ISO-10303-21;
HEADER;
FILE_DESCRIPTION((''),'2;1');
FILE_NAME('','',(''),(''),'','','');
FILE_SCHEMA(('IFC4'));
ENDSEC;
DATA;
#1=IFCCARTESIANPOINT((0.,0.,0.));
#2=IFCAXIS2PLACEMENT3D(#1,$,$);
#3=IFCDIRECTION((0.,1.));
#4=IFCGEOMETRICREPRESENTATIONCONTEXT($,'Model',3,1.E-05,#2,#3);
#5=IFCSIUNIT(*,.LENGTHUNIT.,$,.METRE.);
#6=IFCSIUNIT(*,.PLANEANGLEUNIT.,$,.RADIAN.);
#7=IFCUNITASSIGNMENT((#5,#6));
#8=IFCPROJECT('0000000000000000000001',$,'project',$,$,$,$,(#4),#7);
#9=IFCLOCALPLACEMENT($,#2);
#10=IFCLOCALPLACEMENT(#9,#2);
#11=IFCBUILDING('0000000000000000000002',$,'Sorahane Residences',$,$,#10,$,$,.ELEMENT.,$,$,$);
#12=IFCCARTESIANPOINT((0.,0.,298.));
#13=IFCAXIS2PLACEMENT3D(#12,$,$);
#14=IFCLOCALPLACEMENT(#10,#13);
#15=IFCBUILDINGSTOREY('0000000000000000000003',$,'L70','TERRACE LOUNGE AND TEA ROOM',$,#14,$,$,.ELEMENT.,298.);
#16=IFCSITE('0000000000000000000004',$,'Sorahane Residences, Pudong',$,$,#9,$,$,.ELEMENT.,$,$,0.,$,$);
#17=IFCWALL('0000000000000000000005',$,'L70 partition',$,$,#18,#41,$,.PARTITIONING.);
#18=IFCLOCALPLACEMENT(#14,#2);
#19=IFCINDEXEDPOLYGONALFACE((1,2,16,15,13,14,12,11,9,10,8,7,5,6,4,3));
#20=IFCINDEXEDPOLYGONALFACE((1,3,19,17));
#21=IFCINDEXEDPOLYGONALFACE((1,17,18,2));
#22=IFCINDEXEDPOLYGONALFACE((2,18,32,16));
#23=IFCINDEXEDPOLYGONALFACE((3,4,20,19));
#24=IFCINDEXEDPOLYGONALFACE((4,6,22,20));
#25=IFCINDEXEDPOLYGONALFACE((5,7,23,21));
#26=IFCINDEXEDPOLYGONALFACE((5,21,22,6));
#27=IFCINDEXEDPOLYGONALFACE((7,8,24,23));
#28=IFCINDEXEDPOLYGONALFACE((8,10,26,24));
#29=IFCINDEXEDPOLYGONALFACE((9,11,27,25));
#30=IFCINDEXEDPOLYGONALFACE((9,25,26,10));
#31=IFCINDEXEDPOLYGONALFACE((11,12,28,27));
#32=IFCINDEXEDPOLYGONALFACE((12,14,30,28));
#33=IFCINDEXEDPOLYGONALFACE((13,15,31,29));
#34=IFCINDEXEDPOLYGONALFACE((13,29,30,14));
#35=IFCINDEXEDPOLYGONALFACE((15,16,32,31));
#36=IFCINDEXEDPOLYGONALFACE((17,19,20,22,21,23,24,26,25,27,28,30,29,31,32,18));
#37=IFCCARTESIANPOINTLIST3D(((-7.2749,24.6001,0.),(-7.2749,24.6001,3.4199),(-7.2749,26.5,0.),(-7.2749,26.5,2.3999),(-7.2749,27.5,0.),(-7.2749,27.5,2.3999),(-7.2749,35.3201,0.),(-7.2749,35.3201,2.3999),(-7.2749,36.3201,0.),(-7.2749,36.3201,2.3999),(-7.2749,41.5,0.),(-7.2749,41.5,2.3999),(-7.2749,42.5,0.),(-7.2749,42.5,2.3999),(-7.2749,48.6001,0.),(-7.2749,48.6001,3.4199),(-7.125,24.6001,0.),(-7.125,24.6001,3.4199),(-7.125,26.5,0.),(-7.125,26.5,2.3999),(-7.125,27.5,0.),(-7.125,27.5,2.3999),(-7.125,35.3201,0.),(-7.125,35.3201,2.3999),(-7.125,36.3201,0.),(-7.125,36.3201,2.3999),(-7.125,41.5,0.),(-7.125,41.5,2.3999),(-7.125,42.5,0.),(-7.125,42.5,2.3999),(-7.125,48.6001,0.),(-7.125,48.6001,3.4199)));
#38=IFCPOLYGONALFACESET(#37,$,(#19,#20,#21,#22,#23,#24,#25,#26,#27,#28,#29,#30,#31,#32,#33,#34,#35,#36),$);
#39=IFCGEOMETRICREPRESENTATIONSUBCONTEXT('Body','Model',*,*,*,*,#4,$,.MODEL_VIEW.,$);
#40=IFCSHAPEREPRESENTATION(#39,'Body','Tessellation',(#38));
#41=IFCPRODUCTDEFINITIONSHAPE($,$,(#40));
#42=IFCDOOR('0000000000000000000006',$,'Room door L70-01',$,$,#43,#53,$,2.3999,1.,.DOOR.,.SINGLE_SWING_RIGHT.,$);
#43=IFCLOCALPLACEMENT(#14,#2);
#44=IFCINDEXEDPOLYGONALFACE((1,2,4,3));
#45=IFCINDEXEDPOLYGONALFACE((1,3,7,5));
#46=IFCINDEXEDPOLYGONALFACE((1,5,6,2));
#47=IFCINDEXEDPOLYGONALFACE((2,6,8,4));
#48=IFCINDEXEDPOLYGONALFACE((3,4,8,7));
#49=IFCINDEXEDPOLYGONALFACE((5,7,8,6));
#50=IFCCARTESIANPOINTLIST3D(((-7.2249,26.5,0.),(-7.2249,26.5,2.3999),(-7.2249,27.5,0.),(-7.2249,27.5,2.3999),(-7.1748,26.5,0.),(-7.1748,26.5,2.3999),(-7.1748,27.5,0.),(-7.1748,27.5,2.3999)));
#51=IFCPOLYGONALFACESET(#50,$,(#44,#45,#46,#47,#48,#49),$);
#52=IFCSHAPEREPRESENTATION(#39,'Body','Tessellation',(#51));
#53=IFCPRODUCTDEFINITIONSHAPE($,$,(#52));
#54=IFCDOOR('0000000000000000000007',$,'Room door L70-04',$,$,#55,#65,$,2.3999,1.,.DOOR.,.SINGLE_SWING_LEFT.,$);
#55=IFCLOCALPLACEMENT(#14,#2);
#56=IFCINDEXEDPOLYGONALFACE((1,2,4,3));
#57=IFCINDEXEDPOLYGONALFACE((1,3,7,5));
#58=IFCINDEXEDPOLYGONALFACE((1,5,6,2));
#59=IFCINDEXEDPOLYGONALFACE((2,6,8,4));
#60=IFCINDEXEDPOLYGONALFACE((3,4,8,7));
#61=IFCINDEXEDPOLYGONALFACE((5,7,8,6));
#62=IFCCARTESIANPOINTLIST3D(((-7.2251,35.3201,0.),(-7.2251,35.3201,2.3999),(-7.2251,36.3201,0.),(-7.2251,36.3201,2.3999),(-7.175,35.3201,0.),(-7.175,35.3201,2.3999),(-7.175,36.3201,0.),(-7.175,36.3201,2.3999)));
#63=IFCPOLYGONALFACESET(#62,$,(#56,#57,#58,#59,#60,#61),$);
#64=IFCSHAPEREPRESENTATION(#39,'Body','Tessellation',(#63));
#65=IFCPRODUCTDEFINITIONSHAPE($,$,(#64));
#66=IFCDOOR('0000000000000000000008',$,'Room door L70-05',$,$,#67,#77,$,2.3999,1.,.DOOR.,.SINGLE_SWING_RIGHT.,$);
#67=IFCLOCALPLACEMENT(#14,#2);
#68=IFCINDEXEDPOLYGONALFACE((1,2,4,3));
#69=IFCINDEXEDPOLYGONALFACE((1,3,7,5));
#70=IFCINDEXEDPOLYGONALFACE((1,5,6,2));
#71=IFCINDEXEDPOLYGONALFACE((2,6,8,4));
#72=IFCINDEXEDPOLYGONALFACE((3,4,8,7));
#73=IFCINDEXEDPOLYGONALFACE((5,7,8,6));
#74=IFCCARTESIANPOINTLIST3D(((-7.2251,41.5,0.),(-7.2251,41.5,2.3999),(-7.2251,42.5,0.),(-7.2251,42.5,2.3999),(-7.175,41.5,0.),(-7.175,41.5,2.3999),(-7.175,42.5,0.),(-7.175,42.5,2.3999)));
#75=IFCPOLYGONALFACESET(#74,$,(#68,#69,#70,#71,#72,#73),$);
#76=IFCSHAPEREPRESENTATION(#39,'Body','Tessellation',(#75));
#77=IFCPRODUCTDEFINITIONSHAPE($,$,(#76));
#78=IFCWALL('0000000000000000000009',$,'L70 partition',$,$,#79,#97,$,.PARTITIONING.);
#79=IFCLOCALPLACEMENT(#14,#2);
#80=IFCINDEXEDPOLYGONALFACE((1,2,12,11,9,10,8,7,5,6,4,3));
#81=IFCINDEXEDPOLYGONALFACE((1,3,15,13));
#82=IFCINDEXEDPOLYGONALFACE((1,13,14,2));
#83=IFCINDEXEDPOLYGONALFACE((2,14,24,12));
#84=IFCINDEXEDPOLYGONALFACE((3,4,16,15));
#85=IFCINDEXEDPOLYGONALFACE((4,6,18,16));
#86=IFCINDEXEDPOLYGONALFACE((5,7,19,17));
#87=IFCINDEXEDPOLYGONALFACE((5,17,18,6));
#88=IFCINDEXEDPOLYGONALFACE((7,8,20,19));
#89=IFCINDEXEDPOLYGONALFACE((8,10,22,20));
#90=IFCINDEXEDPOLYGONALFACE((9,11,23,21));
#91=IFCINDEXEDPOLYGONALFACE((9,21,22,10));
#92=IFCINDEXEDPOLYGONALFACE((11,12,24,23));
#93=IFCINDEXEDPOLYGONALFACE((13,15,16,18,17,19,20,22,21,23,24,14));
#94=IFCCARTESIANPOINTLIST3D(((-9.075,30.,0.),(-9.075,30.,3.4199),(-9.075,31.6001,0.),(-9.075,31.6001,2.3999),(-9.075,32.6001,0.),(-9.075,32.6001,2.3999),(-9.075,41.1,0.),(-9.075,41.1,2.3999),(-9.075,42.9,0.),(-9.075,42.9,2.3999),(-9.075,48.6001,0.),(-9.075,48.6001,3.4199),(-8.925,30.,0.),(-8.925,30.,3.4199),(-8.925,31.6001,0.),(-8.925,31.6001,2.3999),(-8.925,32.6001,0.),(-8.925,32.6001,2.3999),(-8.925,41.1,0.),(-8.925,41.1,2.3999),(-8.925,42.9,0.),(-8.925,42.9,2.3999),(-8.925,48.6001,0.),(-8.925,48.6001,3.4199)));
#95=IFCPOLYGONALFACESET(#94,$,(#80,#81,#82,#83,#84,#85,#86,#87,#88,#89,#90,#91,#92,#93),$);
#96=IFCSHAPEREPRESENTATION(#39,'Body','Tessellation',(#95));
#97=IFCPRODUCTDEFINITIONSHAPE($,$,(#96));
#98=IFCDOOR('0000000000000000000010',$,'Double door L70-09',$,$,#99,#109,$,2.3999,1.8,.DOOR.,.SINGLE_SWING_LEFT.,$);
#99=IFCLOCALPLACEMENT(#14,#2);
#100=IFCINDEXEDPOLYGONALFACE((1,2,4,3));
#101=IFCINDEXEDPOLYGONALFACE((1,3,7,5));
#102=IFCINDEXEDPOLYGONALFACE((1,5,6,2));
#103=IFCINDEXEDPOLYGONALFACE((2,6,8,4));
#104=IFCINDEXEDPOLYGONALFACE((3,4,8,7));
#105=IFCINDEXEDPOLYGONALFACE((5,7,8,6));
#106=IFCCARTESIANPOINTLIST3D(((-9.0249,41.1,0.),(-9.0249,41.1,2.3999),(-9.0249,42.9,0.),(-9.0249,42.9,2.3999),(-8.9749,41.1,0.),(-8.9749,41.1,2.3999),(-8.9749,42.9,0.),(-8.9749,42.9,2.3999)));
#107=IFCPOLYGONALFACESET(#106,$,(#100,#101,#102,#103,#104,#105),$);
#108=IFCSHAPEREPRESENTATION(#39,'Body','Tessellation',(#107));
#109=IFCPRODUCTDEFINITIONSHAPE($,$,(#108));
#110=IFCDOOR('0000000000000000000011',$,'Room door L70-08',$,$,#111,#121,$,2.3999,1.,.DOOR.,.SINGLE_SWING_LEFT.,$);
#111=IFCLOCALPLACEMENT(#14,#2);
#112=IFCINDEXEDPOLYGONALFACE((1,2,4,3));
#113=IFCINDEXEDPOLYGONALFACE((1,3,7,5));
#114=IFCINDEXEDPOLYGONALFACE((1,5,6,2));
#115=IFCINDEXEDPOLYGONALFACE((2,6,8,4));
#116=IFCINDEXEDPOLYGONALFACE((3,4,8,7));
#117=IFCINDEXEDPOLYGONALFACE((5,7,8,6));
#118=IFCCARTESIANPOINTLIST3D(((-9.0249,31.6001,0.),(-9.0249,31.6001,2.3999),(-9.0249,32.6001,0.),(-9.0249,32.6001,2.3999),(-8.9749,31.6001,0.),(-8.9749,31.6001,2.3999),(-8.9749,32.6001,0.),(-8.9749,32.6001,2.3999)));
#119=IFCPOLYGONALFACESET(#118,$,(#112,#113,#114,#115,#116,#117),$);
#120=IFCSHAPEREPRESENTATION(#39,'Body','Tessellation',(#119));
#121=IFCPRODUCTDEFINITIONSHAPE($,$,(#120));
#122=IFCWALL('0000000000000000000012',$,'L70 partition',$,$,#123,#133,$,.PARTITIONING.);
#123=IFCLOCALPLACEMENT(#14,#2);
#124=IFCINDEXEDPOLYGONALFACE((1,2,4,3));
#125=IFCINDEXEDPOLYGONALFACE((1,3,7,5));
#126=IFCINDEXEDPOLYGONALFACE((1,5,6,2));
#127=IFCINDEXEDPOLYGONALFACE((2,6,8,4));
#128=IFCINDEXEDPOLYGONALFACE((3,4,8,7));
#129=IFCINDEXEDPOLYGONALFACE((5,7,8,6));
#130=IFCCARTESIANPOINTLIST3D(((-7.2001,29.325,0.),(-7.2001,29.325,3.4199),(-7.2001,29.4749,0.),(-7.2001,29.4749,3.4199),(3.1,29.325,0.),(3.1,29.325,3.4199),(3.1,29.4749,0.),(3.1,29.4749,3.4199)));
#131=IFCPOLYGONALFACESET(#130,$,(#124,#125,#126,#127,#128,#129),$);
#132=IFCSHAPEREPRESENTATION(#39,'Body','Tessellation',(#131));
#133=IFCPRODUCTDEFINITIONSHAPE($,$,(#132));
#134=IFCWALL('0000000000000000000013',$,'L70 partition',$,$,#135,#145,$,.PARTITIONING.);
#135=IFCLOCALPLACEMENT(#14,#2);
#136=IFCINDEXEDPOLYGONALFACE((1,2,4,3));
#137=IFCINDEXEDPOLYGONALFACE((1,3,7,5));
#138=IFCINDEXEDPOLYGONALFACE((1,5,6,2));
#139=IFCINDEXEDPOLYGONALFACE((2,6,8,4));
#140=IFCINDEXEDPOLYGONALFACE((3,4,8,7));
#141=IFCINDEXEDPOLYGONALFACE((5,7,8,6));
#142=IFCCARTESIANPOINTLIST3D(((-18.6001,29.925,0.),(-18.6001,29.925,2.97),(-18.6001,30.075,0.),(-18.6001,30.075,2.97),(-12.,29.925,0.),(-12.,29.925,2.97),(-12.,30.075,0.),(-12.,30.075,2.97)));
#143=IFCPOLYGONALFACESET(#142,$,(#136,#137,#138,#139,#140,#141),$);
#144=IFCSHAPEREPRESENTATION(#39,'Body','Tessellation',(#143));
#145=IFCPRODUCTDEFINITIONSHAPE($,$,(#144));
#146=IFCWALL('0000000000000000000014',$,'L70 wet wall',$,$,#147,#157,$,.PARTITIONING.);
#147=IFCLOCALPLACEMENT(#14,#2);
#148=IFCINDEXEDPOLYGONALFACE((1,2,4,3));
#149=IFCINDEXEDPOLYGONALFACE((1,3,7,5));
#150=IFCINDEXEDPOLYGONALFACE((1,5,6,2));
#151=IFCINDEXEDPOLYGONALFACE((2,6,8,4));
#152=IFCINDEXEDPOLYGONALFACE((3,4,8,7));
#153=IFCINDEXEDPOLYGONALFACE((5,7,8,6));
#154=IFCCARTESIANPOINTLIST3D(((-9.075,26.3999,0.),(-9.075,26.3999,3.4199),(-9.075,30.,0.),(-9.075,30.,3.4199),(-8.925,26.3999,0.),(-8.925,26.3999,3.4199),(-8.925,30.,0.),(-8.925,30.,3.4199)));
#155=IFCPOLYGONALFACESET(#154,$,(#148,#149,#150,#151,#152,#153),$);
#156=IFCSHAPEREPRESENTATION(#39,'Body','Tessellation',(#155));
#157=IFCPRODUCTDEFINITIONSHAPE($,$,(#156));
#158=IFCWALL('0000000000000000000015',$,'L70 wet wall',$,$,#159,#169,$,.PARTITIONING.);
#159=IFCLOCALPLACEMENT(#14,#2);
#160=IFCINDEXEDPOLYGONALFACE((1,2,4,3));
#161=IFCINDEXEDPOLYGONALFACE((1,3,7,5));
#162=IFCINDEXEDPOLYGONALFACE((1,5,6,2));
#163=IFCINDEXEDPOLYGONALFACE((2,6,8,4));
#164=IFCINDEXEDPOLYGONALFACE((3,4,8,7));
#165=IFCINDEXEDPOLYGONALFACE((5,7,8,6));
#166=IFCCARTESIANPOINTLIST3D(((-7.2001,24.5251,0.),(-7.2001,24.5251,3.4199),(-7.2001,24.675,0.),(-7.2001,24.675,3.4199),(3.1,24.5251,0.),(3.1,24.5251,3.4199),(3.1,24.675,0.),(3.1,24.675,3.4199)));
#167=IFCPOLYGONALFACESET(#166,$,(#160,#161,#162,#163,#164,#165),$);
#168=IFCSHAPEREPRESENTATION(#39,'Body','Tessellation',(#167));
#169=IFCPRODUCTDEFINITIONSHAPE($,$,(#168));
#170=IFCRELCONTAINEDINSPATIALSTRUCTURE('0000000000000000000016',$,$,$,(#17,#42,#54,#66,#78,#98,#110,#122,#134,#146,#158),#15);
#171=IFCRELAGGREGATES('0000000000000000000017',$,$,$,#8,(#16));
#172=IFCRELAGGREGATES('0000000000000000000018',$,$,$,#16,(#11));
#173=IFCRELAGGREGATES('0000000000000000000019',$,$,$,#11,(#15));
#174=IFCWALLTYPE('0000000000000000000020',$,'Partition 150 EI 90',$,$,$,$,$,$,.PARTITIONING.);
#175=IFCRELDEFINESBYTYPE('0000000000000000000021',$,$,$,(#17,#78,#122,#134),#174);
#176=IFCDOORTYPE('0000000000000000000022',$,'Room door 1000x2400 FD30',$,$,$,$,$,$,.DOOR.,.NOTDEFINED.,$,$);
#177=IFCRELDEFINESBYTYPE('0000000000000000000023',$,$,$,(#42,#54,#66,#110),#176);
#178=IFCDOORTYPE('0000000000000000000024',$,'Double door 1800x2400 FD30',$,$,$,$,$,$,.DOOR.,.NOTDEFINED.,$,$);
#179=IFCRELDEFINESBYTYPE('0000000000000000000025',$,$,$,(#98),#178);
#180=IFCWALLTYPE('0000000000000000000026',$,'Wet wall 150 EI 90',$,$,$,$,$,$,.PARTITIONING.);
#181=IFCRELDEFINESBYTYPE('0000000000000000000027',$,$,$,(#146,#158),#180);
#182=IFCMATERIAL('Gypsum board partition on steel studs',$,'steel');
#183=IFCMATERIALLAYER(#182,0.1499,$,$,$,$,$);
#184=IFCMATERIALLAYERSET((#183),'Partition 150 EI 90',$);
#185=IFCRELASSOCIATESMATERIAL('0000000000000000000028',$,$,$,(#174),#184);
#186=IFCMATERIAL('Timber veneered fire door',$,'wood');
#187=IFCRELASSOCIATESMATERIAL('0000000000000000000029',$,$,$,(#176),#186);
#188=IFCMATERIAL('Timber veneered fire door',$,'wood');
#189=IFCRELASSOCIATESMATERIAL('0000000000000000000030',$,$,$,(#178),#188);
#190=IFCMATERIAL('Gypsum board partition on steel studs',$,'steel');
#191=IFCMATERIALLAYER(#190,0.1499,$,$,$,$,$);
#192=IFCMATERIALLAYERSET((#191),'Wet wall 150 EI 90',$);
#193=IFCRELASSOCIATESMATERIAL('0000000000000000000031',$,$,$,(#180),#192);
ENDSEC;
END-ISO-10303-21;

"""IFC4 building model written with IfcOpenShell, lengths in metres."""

from ifc_helpers import new_model, si_unit, direction, frame, frame_2d, origin, place, context, subcontext, project, spatial, rectangle, extrude, material, layer, layer_set, type_object, element, fill, save


model = new_model("IFC4")

# Units and contexts
model_context = context("Model", 3, precision=1e-05, world=origin(), true_north=direction((0.0, 1.0)))
body_context = subcontext(model_context, "Body", "Model", "MODEL_VIEW")
ifc_project = project(units=[si_unit("LENGTHUNIT", "METRE"), si_unit("PLANEANGLEUNIT", "RADIAN")], contexts=[model_context])

# Site, building, storey
site_placement = place(None, origin())
site = spatial("IfcSite", under=ifc_project, at=site_placement, Name="Sorahane Residences, Pudong", CompositionType="ELEMENT", RefElevation=0.0)
building_placement = place(site_placement, origin())
building = spatial("IfcBuilding", under=site, at=building_placement, Name="Sorahane Residences", CompositionType="ELEMENT")
storey_placement = place(building_placement, frame((0.0, 0.0, 298.0)))
storey = spatial("IfcBuildingStorey", under=building, at=storey_placement, Name="L70", Description="TERRACE LOUNGE AND TEA ROOM", CompositionType="ELEMENT", Elevation=298.0)

# Shared definitions
ifc_material_1 = material(Name="Gypsum board partition on steel studs", Category="steel")
ifc_layer_1 = layer(ifc_material_1, 0.1499)
ifc_layer_set_1 = layer_set([ifc_layer_1], Name="Partition 150 EI 90")
wall_type_1 = type_object("IfcWallType", Name="Partition 150 EI 90", PredefinedType="PARTITIONING", material=ifc_layer_set_1)
ifc_material_2 = material(Name="Timber veneered fire door", Category="wood")
door_type_1 = type_object("IfcDoorType", Name="Room door 1000x2400 FD30", OperationType="NOTDEFINED", PredefinedType="DOOR", material=ifc_material_2)

# Walls, openings, doors
wall_1_placement = place(storey_placement, frame((-7.2, 24.6001, 0.0), z_axis=(0.0, 0.0, 1.0), x_axis=(0.0, 1.0, 0.0)))
wall_1 = element("IfcWall", 1, at=wall_1_placement, inside=storey, type_object=wall_type_1, Name="L70 partition", PredefinedType="PARTITIONING", context=body_context, shape_type="SweptSolid", body=[
    extrude(rectangle(XDim=24.0, YDim=0.1499, at=frame_2d((12.0, 0.0))), origin(), (0.0, 0.0, 1.0), 3.4199),
])
opening_1_placement = place(wall_1_placement, frame((1.8999, 0.0, 0.0)))
opening_1 = element("IfcOpeningElement", 2, at=opening_1_placement, cuts=wall_1, PredefinedType="OPENING", context=body_context, shape_type="SweptSolid", body=[
    extrude(rectangle(XDim=1.0, YDim=2.3999, at=frame_2d((0.5, 1.2))), frame((0.0, 0.085, 0.0), z_axis=(0.0, -1.0, 0.0), x_axis=(1.0, 0.0, 0.0)), (0.0, 0.0, 1.0), 0.1699),
])
opening_2_placement = place(wall_1_placement, frame((10.72, 0.0, 0.0)))
opening_2 = element("IfcOpeningElement", 3, at=opening_2_placement, cuts=wall_1, PredefinedType="OPENING", context=body_context, shape_type="SweptSolid", body=[
    extrude(rectangle(XDim=1.0, YDim=2.3999, at=frame_2d((0.5, 1.2))), frame((0.0, 0.085, 0.0), z_axis=(0.0, -1.0, 0.0), x_axis=(1.0, 0.0, 0.0)), (0.0, 0.0, 1.0), 0.1699),
])
opening_3_placement = place(wall_1_placement, frame((16.8999, 0.0, 0.0)))
opening_3 = element("IfcOpeningElement", 4, at=opening_3_placement, cuts=wall_1, PredefinedType="OPENING", context=body_context, shape_type="SweptSolid", body=[
    extrude(rectangle(XDim=1.0, YDim=2.3999, at=frame_2d((0.5, 1.2))), frame((0.0, 0.085, 0.0), z_axis=(0.0, -1.0, 0.0), x_axis=(1.0, 0.0, 0.0)), (0.0, 0.0, 1.0), 0.1699),
])
door_1_placement = place(opening_1_placement, origin())
door_1 = element("IfcDoor", 5, at=door_1_placement, inside=storey, type_object=door_type_1, Name="Room door L70-01", OperationType="SINGLE_SWING_RIGHT", OverallHeight=2.3999, OverallWidth=1.0, PredefinedType="DOOR", context=body_context, shape_type="SweptSolid", body=[
    extrude(rectangle(XDim=1.0, YDim=2.3999, at=frame_2d((0.5, 1.2))), frame((0.0, 0.0249, 0.0), z_axis=(0.0, -1.0, 0.0), x_axis=(1.0, 0.0, 0.0)), (0.0, 0.0, 1.0), 0.05),
])
fill(opening_1, door_1)
door_2_placement = place(opening_2_placement, frame((1.0, 0.0, 0.0), z_axis=(0.0, 0.0, 1.0), x_axis=(-1.0, 0.0, 0.0)))
door_2 = element("IfcDoor", 6, at=door_2_placement, inside=storey, type_object=door_type_1, Name="Room door L70-04", OperationType="SINGLE_SWING_LEFT", OverallHeight=2.3999, OverallWidth=1.0, PredefinedType="DOOR", context=body_context, shape_type="SweptSolid", body=[
    extrude(rectangle(XDim=1.0, YDim=2.3999, at=frame_2d((0.5, 1.2))), frame((0.0, 0.0249, 0.0), z_axis=(0.0, -1.0, 0.0), x_axis=(1.0, 0.0, 0.0)), (0.0, 0.0, 1.0), 0.05),
])
fill(opening_2, door_2)
door_3_placement = place(opening_3_placement, frame((1.0, 0.0, 0.0), z_axis=(0.0, 0.0, 1.0), x_axis=(-1.0, 0.0, 0.0)))
door_3 = element("IfcDoor", 7, at=door_3_placement, inside=storey, type_object=door_type_1, Name="Room door L70-05", OperationType="SINGLE_SWING_RIGHT", OverallHeight=2.3999, OverallWidth=1.0, PredefinedType="DOOR", context=body_context, shape_type="SweptSolid", body=[
    extrude(rectangle(XDim=1.0, YDim=2.3999, at=frame_2d((0.5, 1.2))), frame((0.0, 0.0249, 0.0), z_axis=(0.0, -1.0, 0.0), x_axis=(1.0, 0.0, 0.0)), (0.0, 0.0, 1.0), 0.05),
])
fill(opening_3, door_3)
wall_2_placement = place(storey_placement, frame((-9.0, 30.0, 0.0), z_axis=(0.0, 0.0, 1.0), x_axis=(0.0, 1.0, 0.0)))
wall_2 = element("IfcWall", 8, at=wall_2_placement, inside=storey, type_object=wall_type_1, Name="L70 partition", PredefinedType="PARTITIONING", context=body_context, shape_type="SweptSolid", body=[
    extrude(rectangle(XDim=18.6001, YDim=0.1499, at=frame_2d((9.3, 0.0))), origin(), (0.0, 0.0, 1.0), 3.4199),
])
opening_4_placement = place(wall_2_placement, frame((1.6001, 0.0, 0.0)))
opening_4 = element("IfcOpeningElement", 9, at=opening_4_placement, cuts=wall_2, PredefinedType="OPENING", context=body_context, shape_type="SweptSolid", body=[
    extrude(rectangle(XDim=1.0, YDim=2.3999, at=frame_2d((0.5, 1.2))), frame((0.0, 0.085, 0.0), z_axis=(0.0, -1.0, 0.0), x_axis=(1.0, 0.0, 0.0)), (0.0, 0.0, 1.0), 0.1699),
])
opening_5_placement = place(wall_2_placement, frame((11.1001, 0.0, 0.0)))
opening_5 = element("IfcOpeningElement", 10, at=opening_5_placement, cuts=wall_2, PredefinedType="OPENING", context=body_context, shape_type="SweptSolid", body=[
    extrude(rectangle(XDim=1.8, YDim=2.3999, at=frame_2d((0.8999, 1.2))), frame((0.0, 0.085, 0.0), z_axis=(0.0, -1.0, 0.0), x_axis=(1.0, 0.0, 0.0)), (0.0, 0.0, 1.0), 0.1699),
])
ifc_material_3 = material(Name="Timber veneered fire door", Category="wood")
door_type_2 = type_object("IfcDoorType", Name="Double door 1800x2400 FD30", OperationType="NOTDEFINED", PredefinedType="DOOR", material=ifc_material_3)
door_4_placement = place(opening_5_placement, origin())
door_4 = element("IfcDoor", 11, at=door_4_placement, inside=storey, type_object=door_type_2, Name="Double door L70-09", OperationType="SINGLE_SWING_LEFT", OverallHeight=2.3999, OverallWidth=1.8, PredefinedType="DOOR", context=body_context, shape_type="SweptSolid", body=[
    extrude(rectangle(XDim=1.8, YDim=2.3999, at=frame_2d((0.8999, 1.2))), frame((0.0, 0.0249, 0.0), z_axis=(0.0, -1.0, 0.0), x_axis=(1.0, 0.0, 0.0)), (0.0, 0.0, 1.0), 0.05),
])
fill(opening_5, door_4)
door_5_placement = place(opening_4_placement, origin())
door_5 = element("IfcDoor", 12, at=door_5_placement, inside=storey, type_object=door_type_1, Name="Room door L70-08", OperationType="SINGLE_SWING_LEFT", OverallHeight=2.3999, OverallWidth=1.0, PredefinedType="DOOR", context=body_context, shape_type="SweptSolid", body=[
    extrude(rectangle(XDim=1.0, YDim=2.3999, at=frame_2d((0.5, 1.2))), frame((0.0, 0.0249, 0.0), z_axis=(0.0, -1.0, 0.0), x_axis=(1.0, 0.0, 0.0)), (0.0, 0.0, 1.0), 0.05),
])
fill(opening_4, door_5)

# Walls
wall_3_placement = place(storey_placement, frame((-7.2, 29.3999, 0.0), z_axis=(0.0, 0.0, 1.0), x_axis=(1.0, 0.0, 0.0)))
element("IfcWall", 13, at=wall_3_placement, inside=storey, type_object=wall_type_1, Name="L70 partition", PredefinedType="PARTITIONING", context=body_context, shape_type="SweptSolid", body=[
    extrude(rectangle(XDim=10.3, YDim=0.1499, at=frame_2d((5.1499, 0.0))), origin(), (0.0, 0.0, 1.0), 3.4199),
])
wall_4_placement = place(storey_placement, frame((-18.6001, 30.0, 0.0), z_axis=(0.0, 0.0, 1.0), x_axis=(1.0, 0.0, 0.0)))
element("IfcWall", 14, at=wall_4_placement, inside=storey, type_object=wall_type_1, Name="L70 partition", PredefinedType="PARTITIONING", context=body_context, shape_type="SweptSolid", body=[
    extrude(rectangle(XDim=6.6001, YDim=0.1499, at=frame_2d((3.3, 0.0))), origin(), (0.0, 0.0, 1.0), 2.97),
])

# Shared definitions
ifc_material_4 = material(Name="Gypsum board partition on steel studs", Category="steel")
ifc_layer_2 = layer(ifc_material_4, 0.1499)
ifc_layer_set_2 = layer_set([ifc_layer_2], Name="Wet wall 150 EI 90")
wall_type_2 = type_object("IfcWallType", Name="Wet wall 150 EI 90", PredefinedType="PARTITIONING", material=ifc_layer_set_2)

# Walls
wall_5_placement = place(storey_placement, frame((-9.0, 26.3999, 0.0), z_axis=(0.0, 0.0, 1.0), x_axis=(0.0, 1.0, 0.0)))
element("IfcWall", 15, at=wall_5_placement, inside=storey, type_object=wall_type_2, Name="L70 wet wall", PredefinedType="PARTITIONING", context=body_context, shape_type="SweptSolid", body=[
    extrude(rectangle(XDim=3.6001, YDim=0.1499, at=frame_2d((1.8, 0.0))), origin(), (0.0, 0.0, 1.0), 3.4199),
])
wall_6_placement = place(storey_placement, frame((-7.2, 24.6001, 0.0), z_axis=(0.0, 0.0, 1.0), x_axis=(1.0, 0.0, 0.0)))
element("IfcWall", 16, at=wall_6_placement, inside=storey, type_object=wall_type_2, Name="L70 wet wall", PredefinedType="PARTITIONING", context=body_context, shape_type="SweptSolid", body=[
    extrude(rectangle(XDim=10.3, YDim=0.1499, at=frame_2d((5.1499, 0.0))), origin(), (0.0, 0.0, 1.0), 3.4199),
])

save(model, "model.ifc")
